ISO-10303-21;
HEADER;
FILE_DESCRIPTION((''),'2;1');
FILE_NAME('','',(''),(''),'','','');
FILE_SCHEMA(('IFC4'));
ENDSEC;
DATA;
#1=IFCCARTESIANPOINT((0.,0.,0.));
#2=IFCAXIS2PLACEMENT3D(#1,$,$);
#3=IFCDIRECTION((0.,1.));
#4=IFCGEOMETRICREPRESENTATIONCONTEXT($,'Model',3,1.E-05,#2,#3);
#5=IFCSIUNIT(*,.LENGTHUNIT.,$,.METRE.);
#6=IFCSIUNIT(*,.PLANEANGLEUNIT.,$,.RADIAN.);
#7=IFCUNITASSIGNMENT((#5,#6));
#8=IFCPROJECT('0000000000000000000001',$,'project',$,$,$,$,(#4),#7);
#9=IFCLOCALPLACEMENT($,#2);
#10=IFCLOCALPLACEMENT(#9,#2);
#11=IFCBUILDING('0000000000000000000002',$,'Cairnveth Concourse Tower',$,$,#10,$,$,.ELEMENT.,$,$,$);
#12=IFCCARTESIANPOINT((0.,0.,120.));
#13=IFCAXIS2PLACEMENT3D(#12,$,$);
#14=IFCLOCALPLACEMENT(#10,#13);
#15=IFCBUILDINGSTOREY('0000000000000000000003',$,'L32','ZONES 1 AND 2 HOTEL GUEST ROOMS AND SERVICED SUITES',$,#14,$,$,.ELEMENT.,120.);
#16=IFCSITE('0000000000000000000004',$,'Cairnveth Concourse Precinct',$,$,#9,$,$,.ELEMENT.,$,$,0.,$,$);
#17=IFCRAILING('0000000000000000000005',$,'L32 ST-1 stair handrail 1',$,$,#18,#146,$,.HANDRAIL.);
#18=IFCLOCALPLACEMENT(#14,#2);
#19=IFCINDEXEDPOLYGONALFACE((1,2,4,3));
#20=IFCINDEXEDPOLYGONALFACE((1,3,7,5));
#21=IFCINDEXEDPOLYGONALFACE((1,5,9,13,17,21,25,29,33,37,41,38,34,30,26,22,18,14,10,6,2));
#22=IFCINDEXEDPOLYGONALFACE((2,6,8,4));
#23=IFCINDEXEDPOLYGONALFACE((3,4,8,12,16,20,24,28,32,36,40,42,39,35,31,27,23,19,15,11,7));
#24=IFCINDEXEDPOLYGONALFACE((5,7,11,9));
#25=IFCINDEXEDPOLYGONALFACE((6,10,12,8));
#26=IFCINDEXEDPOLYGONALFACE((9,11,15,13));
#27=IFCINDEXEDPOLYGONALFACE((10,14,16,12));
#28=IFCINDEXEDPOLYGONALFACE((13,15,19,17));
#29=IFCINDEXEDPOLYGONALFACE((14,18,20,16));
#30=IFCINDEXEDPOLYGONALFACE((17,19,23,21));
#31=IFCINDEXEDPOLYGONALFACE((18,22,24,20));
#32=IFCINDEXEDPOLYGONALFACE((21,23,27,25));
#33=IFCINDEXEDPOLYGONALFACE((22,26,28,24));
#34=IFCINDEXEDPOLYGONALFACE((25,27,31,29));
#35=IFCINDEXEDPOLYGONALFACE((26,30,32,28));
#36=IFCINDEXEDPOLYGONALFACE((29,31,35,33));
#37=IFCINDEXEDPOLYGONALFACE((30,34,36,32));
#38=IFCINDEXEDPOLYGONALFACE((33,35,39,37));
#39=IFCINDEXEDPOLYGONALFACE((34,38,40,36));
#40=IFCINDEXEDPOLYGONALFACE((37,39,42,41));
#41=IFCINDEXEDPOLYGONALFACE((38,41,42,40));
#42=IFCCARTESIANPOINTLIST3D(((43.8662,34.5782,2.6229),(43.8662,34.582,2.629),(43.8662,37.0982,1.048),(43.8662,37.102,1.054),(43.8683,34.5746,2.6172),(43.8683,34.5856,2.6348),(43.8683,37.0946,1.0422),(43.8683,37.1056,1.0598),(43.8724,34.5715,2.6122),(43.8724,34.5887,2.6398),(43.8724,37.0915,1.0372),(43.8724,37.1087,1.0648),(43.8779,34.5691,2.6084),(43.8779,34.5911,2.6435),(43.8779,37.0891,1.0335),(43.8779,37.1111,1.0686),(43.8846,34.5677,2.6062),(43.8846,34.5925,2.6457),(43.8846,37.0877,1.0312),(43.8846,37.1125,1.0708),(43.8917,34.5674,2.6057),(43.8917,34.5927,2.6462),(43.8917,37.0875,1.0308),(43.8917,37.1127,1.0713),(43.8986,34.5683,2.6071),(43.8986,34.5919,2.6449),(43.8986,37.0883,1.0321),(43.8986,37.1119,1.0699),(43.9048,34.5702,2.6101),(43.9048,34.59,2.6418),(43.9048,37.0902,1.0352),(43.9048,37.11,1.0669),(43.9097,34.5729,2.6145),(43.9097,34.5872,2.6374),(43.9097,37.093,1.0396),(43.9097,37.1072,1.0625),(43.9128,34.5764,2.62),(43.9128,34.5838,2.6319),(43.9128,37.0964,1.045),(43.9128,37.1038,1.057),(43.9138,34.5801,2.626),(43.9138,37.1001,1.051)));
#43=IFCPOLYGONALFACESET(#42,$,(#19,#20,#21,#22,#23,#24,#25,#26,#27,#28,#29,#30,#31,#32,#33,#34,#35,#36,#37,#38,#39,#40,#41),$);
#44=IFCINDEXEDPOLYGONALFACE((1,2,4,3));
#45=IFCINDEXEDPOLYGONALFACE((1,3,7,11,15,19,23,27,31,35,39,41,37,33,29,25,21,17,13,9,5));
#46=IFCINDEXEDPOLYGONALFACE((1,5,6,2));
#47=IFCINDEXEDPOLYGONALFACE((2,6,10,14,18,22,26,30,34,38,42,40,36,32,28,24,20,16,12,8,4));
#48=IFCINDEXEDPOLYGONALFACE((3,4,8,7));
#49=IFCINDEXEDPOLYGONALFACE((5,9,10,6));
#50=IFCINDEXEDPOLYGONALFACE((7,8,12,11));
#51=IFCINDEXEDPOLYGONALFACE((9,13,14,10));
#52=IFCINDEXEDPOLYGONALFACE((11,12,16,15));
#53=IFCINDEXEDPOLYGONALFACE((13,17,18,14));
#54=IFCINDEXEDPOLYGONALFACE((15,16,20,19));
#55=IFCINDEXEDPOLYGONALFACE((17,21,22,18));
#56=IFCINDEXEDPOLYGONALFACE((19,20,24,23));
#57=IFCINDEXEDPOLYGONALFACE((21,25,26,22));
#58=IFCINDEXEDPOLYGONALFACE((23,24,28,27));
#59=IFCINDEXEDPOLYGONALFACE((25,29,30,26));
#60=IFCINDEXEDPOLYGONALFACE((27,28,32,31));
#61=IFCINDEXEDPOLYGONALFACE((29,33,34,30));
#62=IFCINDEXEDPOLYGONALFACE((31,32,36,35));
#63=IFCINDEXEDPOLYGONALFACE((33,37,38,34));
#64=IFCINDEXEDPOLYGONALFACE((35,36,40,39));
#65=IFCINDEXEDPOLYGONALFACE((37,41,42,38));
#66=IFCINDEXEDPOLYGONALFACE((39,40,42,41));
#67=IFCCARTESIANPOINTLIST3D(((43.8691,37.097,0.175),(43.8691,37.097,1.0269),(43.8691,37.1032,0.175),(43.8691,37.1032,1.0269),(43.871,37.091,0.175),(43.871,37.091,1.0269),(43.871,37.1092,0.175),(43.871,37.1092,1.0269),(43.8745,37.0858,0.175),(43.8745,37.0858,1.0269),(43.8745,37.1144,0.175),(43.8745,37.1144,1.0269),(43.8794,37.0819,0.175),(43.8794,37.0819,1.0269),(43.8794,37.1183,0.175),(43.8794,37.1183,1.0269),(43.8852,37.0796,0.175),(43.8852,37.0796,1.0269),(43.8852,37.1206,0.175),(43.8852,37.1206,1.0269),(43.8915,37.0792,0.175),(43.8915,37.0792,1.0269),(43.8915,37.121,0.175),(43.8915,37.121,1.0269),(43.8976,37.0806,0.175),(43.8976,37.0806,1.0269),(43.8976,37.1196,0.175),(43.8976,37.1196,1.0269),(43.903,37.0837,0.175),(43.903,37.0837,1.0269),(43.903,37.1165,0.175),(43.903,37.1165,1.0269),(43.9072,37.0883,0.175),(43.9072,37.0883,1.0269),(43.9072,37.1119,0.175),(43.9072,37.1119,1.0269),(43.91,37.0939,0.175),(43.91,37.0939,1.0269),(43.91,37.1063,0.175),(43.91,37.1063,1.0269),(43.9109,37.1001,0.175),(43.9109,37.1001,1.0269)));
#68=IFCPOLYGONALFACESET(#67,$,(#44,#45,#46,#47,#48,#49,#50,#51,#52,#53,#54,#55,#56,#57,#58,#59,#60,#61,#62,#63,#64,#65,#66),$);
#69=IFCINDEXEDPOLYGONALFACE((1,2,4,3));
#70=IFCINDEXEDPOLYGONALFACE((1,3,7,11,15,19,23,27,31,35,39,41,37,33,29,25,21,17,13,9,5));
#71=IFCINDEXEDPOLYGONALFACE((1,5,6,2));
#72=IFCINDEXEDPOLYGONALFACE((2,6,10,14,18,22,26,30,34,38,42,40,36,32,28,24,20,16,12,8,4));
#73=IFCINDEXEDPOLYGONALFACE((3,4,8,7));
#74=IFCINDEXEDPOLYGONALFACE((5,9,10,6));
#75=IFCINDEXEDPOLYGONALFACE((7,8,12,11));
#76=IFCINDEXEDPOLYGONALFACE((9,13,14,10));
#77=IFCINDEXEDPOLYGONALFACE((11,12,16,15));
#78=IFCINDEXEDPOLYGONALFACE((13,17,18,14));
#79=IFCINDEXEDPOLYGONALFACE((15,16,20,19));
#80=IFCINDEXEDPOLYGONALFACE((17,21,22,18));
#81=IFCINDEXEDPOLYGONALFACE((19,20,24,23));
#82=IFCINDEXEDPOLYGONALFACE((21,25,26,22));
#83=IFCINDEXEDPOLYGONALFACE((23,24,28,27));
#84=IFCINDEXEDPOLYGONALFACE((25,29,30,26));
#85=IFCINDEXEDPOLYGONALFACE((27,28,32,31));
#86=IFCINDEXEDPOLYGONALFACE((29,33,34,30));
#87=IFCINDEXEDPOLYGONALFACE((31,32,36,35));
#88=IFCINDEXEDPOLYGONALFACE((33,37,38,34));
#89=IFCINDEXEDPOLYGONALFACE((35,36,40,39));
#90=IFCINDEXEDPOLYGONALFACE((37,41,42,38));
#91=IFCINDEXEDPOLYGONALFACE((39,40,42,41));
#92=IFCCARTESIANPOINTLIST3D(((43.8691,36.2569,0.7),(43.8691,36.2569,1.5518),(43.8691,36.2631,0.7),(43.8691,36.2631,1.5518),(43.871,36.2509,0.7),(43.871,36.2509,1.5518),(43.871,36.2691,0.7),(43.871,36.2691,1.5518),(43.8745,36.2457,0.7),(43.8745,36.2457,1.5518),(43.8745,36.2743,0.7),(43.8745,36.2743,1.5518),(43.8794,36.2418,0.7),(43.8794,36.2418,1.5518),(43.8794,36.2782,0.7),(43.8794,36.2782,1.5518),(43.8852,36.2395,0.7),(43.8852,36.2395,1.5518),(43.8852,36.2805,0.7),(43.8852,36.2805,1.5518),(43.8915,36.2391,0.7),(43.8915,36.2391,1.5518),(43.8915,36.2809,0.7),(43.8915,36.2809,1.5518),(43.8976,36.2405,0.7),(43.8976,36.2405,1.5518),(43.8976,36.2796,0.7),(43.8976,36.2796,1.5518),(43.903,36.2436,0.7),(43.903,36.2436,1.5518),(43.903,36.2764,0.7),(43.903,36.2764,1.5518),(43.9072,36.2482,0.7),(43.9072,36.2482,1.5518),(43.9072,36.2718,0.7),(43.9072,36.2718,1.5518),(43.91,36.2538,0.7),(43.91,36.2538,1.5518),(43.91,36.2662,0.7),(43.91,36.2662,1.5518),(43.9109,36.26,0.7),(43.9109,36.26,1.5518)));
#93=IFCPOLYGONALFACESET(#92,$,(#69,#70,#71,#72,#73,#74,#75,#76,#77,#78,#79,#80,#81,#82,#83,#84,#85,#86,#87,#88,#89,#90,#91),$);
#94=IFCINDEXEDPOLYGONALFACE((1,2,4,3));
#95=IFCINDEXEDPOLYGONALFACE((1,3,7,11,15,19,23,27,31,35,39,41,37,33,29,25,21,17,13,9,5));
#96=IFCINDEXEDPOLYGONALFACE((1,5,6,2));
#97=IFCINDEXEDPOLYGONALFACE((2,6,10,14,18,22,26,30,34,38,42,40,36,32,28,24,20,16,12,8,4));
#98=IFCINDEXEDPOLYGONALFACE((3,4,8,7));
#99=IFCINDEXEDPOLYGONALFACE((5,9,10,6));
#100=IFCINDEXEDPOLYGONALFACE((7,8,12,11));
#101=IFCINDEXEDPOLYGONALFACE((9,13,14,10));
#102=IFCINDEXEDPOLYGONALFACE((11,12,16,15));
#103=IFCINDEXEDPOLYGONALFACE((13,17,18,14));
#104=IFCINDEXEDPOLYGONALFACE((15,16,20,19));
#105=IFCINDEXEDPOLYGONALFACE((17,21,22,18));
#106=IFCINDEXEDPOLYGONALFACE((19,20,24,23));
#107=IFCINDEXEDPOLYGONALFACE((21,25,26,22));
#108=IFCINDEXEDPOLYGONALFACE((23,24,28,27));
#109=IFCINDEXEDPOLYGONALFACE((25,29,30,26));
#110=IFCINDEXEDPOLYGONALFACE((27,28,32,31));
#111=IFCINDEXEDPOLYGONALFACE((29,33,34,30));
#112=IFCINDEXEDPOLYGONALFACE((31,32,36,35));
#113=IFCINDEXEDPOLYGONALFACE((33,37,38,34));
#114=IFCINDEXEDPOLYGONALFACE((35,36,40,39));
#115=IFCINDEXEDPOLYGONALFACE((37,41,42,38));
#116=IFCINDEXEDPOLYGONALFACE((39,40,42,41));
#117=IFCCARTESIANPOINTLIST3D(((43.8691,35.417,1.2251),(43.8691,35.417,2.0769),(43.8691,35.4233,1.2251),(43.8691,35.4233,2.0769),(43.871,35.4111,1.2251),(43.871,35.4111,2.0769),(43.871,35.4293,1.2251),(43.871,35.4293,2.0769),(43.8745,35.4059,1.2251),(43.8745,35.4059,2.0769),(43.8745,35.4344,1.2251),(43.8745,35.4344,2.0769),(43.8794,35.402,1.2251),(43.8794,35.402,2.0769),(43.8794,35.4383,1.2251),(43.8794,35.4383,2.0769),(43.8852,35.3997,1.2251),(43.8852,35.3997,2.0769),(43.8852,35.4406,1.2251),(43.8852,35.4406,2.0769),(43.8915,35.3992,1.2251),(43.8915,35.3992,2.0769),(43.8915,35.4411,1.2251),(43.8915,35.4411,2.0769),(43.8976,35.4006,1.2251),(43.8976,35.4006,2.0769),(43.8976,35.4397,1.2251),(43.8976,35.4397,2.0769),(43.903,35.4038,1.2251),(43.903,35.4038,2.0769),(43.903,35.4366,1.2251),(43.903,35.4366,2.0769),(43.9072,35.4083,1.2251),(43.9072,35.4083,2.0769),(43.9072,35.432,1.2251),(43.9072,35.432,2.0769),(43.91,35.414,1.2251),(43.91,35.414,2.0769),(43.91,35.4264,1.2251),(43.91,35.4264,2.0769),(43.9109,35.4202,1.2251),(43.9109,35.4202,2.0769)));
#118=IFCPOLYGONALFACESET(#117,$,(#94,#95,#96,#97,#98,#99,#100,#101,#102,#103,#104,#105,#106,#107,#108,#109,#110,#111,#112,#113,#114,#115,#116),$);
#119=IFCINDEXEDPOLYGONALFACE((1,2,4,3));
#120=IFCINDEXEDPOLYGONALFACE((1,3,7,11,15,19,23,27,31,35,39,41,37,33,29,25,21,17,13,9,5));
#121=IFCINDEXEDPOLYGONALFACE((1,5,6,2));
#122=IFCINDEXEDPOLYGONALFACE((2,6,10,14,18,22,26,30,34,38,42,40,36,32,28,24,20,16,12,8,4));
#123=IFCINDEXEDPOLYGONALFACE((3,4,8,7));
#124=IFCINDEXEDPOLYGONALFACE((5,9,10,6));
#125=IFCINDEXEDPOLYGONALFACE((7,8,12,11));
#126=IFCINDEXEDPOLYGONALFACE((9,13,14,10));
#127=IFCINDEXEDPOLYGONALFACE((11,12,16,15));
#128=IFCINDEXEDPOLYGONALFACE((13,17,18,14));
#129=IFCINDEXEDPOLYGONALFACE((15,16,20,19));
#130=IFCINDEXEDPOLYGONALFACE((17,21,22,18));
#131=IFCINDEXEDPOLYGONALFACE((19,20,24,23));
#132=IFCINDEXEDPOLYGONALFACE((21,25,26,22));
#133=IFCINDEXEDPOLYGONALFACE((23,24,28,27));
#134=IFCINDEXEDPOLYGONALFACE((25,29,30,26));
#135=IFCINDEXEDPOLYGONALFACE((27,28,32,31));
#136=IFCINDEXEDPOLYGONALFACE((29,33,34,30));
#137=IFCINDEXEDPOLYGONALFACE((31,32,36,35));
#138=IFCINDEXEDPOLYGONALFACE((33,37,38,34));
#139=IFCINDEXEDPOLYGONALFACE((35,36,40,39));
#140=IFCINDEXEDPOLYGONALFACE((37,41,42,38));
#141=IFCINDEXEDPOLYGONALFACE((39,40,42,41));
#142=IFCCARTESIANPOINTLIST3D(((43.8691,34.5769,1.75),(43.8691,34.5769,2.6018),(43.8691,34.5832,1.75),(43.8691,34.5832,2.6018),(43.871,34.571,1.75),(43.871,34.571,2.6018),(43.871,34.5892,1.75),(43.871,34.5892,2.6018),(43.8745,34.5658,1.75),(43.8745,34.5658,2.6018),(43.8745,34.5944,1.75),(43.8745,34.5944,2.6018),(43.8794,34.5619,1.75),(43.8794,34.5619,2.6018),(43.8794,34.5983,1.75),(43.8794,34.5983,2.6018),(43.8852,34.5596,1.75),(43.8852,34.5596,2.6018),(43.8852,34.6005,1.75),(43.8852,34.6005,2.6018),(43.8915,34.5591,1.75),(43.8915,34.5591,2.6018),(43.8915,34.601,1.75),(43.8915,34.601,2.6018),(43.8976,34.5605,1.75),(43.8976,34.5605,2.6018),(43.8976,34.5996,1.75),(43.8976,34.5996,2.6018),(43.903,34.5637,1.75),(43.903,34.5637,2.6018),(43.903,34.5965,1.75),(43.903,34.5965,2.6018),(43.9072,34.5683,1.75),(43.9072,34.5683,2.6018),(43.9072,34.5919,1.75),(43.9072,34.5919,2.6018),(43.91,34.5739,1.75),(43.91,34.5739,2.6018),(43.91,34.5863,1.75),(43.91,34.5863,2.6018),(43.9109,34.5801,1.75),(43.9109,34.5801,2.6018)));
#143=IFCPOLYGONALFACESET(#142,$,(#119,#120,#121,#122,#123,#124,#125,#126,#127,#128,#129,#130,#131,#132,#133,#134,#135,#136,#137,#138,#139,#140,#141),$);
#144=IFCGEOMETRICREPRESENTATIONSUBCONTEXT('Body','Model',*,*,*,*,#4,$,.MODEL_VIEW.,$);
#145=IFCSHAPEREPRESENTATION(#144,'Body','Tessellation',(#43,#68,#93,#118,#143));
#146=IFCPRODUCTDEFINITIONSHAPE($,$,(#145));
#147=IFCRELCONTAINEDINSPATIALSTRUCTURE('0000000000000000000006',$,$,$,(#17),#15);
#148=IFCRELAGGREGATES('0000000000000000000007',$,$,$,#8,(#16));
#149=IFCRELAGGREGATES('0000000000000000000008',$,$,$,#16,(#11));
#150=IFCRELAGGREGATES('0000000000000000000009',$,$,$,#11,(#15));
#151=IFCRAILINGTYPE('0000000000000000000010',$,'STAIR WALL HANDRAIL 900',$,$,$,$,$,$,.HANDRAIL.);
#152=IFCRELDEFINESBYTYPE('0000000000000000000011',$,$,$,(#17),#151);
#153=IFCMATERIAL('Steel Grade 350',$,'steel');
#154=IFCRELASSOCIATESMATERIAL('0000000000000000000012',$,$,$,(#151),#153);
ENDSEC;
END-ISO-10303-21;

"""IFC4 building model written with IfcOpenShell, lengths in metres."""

from ifc_helpers import new_model, si_unit, direction, frame, origin, origin_2d, place, context, subcontext, project, spatial, circle, extrude, material, type_object, element, save


model = new_model("IFC4")

# Units and contexts
model_context = context("Model", 3, precision=1e-05, world=origin(), true_north=direction((0.0, 1.0)))
body_context = subcontext(model_context, "Body", "Model", "MODEL_VIEW")
ifc_project = project(units=[si_unit("LENGTHUNIT", "METRE"), si_unit("PLANEANGLEUNIT", "RADIAN")], contexts=[model_context])

# Site, building, storey
site_placement = place(None, origin())
site = spatial("IfcSite", under=ifc_project, at=site_placement, Name="Cairnveth Concourse Precinct", CompositionType="ELEMENT", RefElevation=0.0)
building_placement = place(site_placement, origin())
building = spatial("IfcBuilding", under=site, at=building_placement, Name="Cairnveth Concourse Tower", CompositionType="ELEMENT")
storey_placement = place(building_placement, frame((0.0, 0.0, 120.0)))
storey = spatial("IfcBuildingStorey", under=building, at=storey_placement, Name="L32", Description="ZONES 1 AND 2 HOTEL GUEST ROOMS AND SERVICED SUITES", CompositionType="ELEMENT", Elevation=120.0)

# Shared definitions
ifc_material_1 = material(Name="Steel Grade 350", Category="steel")

# Railing
railing_type_1 = type_object("IfcRailingType", Name="STAIR WALL HANDRAIL 900", PredefinedType="HANDRAIL", material=ifc_material_1)
railing_1_placement = place(storey_placement, frame((43.8899, 37.1001, 0.175)))
element("IfcRailing", 1, at=railing_1_placement, inside=storey, type_object=railing_type_1, Name="L32 ST-1 stair handrail 1", PredefinedType="HANDRAIL", context=body_context, shape_type="SweptSolid", body=[
    extrude(circle(Radius=0.0239, at=origin_2d()), frame((0.0, 0.0, 0.876), z_axis=(0.0, -0.848008, 0.529984), x_axis=(1.0, 0.0, 0.0)), (0.0, 0.0, 1.0), 2.9717),
    extrude(circle(Radius=0.021, at=origin_2d()), origin(), (0.0, 0.0, 1.0), 0.8518),
    extrude(circle(Radius=0.021, at=origin_2d()), frame((0.0, -0.8401, 0.5249)), (0.0, 0.0, 1.0), 0.8518),
    extrude(circle(Radius=0.021, at=origin_2d()), frame((0.0, -1.6799, 1.05)), (0.0, 0.0, 1.0), 0.8518),
    extrude(circle(Radius=0.021, at=origin_2d()), frame((0.0, -2.52, 1.575)), (0.0, 0.0, 1.0), 0.8518),
])

save(model, "model.ifc")
